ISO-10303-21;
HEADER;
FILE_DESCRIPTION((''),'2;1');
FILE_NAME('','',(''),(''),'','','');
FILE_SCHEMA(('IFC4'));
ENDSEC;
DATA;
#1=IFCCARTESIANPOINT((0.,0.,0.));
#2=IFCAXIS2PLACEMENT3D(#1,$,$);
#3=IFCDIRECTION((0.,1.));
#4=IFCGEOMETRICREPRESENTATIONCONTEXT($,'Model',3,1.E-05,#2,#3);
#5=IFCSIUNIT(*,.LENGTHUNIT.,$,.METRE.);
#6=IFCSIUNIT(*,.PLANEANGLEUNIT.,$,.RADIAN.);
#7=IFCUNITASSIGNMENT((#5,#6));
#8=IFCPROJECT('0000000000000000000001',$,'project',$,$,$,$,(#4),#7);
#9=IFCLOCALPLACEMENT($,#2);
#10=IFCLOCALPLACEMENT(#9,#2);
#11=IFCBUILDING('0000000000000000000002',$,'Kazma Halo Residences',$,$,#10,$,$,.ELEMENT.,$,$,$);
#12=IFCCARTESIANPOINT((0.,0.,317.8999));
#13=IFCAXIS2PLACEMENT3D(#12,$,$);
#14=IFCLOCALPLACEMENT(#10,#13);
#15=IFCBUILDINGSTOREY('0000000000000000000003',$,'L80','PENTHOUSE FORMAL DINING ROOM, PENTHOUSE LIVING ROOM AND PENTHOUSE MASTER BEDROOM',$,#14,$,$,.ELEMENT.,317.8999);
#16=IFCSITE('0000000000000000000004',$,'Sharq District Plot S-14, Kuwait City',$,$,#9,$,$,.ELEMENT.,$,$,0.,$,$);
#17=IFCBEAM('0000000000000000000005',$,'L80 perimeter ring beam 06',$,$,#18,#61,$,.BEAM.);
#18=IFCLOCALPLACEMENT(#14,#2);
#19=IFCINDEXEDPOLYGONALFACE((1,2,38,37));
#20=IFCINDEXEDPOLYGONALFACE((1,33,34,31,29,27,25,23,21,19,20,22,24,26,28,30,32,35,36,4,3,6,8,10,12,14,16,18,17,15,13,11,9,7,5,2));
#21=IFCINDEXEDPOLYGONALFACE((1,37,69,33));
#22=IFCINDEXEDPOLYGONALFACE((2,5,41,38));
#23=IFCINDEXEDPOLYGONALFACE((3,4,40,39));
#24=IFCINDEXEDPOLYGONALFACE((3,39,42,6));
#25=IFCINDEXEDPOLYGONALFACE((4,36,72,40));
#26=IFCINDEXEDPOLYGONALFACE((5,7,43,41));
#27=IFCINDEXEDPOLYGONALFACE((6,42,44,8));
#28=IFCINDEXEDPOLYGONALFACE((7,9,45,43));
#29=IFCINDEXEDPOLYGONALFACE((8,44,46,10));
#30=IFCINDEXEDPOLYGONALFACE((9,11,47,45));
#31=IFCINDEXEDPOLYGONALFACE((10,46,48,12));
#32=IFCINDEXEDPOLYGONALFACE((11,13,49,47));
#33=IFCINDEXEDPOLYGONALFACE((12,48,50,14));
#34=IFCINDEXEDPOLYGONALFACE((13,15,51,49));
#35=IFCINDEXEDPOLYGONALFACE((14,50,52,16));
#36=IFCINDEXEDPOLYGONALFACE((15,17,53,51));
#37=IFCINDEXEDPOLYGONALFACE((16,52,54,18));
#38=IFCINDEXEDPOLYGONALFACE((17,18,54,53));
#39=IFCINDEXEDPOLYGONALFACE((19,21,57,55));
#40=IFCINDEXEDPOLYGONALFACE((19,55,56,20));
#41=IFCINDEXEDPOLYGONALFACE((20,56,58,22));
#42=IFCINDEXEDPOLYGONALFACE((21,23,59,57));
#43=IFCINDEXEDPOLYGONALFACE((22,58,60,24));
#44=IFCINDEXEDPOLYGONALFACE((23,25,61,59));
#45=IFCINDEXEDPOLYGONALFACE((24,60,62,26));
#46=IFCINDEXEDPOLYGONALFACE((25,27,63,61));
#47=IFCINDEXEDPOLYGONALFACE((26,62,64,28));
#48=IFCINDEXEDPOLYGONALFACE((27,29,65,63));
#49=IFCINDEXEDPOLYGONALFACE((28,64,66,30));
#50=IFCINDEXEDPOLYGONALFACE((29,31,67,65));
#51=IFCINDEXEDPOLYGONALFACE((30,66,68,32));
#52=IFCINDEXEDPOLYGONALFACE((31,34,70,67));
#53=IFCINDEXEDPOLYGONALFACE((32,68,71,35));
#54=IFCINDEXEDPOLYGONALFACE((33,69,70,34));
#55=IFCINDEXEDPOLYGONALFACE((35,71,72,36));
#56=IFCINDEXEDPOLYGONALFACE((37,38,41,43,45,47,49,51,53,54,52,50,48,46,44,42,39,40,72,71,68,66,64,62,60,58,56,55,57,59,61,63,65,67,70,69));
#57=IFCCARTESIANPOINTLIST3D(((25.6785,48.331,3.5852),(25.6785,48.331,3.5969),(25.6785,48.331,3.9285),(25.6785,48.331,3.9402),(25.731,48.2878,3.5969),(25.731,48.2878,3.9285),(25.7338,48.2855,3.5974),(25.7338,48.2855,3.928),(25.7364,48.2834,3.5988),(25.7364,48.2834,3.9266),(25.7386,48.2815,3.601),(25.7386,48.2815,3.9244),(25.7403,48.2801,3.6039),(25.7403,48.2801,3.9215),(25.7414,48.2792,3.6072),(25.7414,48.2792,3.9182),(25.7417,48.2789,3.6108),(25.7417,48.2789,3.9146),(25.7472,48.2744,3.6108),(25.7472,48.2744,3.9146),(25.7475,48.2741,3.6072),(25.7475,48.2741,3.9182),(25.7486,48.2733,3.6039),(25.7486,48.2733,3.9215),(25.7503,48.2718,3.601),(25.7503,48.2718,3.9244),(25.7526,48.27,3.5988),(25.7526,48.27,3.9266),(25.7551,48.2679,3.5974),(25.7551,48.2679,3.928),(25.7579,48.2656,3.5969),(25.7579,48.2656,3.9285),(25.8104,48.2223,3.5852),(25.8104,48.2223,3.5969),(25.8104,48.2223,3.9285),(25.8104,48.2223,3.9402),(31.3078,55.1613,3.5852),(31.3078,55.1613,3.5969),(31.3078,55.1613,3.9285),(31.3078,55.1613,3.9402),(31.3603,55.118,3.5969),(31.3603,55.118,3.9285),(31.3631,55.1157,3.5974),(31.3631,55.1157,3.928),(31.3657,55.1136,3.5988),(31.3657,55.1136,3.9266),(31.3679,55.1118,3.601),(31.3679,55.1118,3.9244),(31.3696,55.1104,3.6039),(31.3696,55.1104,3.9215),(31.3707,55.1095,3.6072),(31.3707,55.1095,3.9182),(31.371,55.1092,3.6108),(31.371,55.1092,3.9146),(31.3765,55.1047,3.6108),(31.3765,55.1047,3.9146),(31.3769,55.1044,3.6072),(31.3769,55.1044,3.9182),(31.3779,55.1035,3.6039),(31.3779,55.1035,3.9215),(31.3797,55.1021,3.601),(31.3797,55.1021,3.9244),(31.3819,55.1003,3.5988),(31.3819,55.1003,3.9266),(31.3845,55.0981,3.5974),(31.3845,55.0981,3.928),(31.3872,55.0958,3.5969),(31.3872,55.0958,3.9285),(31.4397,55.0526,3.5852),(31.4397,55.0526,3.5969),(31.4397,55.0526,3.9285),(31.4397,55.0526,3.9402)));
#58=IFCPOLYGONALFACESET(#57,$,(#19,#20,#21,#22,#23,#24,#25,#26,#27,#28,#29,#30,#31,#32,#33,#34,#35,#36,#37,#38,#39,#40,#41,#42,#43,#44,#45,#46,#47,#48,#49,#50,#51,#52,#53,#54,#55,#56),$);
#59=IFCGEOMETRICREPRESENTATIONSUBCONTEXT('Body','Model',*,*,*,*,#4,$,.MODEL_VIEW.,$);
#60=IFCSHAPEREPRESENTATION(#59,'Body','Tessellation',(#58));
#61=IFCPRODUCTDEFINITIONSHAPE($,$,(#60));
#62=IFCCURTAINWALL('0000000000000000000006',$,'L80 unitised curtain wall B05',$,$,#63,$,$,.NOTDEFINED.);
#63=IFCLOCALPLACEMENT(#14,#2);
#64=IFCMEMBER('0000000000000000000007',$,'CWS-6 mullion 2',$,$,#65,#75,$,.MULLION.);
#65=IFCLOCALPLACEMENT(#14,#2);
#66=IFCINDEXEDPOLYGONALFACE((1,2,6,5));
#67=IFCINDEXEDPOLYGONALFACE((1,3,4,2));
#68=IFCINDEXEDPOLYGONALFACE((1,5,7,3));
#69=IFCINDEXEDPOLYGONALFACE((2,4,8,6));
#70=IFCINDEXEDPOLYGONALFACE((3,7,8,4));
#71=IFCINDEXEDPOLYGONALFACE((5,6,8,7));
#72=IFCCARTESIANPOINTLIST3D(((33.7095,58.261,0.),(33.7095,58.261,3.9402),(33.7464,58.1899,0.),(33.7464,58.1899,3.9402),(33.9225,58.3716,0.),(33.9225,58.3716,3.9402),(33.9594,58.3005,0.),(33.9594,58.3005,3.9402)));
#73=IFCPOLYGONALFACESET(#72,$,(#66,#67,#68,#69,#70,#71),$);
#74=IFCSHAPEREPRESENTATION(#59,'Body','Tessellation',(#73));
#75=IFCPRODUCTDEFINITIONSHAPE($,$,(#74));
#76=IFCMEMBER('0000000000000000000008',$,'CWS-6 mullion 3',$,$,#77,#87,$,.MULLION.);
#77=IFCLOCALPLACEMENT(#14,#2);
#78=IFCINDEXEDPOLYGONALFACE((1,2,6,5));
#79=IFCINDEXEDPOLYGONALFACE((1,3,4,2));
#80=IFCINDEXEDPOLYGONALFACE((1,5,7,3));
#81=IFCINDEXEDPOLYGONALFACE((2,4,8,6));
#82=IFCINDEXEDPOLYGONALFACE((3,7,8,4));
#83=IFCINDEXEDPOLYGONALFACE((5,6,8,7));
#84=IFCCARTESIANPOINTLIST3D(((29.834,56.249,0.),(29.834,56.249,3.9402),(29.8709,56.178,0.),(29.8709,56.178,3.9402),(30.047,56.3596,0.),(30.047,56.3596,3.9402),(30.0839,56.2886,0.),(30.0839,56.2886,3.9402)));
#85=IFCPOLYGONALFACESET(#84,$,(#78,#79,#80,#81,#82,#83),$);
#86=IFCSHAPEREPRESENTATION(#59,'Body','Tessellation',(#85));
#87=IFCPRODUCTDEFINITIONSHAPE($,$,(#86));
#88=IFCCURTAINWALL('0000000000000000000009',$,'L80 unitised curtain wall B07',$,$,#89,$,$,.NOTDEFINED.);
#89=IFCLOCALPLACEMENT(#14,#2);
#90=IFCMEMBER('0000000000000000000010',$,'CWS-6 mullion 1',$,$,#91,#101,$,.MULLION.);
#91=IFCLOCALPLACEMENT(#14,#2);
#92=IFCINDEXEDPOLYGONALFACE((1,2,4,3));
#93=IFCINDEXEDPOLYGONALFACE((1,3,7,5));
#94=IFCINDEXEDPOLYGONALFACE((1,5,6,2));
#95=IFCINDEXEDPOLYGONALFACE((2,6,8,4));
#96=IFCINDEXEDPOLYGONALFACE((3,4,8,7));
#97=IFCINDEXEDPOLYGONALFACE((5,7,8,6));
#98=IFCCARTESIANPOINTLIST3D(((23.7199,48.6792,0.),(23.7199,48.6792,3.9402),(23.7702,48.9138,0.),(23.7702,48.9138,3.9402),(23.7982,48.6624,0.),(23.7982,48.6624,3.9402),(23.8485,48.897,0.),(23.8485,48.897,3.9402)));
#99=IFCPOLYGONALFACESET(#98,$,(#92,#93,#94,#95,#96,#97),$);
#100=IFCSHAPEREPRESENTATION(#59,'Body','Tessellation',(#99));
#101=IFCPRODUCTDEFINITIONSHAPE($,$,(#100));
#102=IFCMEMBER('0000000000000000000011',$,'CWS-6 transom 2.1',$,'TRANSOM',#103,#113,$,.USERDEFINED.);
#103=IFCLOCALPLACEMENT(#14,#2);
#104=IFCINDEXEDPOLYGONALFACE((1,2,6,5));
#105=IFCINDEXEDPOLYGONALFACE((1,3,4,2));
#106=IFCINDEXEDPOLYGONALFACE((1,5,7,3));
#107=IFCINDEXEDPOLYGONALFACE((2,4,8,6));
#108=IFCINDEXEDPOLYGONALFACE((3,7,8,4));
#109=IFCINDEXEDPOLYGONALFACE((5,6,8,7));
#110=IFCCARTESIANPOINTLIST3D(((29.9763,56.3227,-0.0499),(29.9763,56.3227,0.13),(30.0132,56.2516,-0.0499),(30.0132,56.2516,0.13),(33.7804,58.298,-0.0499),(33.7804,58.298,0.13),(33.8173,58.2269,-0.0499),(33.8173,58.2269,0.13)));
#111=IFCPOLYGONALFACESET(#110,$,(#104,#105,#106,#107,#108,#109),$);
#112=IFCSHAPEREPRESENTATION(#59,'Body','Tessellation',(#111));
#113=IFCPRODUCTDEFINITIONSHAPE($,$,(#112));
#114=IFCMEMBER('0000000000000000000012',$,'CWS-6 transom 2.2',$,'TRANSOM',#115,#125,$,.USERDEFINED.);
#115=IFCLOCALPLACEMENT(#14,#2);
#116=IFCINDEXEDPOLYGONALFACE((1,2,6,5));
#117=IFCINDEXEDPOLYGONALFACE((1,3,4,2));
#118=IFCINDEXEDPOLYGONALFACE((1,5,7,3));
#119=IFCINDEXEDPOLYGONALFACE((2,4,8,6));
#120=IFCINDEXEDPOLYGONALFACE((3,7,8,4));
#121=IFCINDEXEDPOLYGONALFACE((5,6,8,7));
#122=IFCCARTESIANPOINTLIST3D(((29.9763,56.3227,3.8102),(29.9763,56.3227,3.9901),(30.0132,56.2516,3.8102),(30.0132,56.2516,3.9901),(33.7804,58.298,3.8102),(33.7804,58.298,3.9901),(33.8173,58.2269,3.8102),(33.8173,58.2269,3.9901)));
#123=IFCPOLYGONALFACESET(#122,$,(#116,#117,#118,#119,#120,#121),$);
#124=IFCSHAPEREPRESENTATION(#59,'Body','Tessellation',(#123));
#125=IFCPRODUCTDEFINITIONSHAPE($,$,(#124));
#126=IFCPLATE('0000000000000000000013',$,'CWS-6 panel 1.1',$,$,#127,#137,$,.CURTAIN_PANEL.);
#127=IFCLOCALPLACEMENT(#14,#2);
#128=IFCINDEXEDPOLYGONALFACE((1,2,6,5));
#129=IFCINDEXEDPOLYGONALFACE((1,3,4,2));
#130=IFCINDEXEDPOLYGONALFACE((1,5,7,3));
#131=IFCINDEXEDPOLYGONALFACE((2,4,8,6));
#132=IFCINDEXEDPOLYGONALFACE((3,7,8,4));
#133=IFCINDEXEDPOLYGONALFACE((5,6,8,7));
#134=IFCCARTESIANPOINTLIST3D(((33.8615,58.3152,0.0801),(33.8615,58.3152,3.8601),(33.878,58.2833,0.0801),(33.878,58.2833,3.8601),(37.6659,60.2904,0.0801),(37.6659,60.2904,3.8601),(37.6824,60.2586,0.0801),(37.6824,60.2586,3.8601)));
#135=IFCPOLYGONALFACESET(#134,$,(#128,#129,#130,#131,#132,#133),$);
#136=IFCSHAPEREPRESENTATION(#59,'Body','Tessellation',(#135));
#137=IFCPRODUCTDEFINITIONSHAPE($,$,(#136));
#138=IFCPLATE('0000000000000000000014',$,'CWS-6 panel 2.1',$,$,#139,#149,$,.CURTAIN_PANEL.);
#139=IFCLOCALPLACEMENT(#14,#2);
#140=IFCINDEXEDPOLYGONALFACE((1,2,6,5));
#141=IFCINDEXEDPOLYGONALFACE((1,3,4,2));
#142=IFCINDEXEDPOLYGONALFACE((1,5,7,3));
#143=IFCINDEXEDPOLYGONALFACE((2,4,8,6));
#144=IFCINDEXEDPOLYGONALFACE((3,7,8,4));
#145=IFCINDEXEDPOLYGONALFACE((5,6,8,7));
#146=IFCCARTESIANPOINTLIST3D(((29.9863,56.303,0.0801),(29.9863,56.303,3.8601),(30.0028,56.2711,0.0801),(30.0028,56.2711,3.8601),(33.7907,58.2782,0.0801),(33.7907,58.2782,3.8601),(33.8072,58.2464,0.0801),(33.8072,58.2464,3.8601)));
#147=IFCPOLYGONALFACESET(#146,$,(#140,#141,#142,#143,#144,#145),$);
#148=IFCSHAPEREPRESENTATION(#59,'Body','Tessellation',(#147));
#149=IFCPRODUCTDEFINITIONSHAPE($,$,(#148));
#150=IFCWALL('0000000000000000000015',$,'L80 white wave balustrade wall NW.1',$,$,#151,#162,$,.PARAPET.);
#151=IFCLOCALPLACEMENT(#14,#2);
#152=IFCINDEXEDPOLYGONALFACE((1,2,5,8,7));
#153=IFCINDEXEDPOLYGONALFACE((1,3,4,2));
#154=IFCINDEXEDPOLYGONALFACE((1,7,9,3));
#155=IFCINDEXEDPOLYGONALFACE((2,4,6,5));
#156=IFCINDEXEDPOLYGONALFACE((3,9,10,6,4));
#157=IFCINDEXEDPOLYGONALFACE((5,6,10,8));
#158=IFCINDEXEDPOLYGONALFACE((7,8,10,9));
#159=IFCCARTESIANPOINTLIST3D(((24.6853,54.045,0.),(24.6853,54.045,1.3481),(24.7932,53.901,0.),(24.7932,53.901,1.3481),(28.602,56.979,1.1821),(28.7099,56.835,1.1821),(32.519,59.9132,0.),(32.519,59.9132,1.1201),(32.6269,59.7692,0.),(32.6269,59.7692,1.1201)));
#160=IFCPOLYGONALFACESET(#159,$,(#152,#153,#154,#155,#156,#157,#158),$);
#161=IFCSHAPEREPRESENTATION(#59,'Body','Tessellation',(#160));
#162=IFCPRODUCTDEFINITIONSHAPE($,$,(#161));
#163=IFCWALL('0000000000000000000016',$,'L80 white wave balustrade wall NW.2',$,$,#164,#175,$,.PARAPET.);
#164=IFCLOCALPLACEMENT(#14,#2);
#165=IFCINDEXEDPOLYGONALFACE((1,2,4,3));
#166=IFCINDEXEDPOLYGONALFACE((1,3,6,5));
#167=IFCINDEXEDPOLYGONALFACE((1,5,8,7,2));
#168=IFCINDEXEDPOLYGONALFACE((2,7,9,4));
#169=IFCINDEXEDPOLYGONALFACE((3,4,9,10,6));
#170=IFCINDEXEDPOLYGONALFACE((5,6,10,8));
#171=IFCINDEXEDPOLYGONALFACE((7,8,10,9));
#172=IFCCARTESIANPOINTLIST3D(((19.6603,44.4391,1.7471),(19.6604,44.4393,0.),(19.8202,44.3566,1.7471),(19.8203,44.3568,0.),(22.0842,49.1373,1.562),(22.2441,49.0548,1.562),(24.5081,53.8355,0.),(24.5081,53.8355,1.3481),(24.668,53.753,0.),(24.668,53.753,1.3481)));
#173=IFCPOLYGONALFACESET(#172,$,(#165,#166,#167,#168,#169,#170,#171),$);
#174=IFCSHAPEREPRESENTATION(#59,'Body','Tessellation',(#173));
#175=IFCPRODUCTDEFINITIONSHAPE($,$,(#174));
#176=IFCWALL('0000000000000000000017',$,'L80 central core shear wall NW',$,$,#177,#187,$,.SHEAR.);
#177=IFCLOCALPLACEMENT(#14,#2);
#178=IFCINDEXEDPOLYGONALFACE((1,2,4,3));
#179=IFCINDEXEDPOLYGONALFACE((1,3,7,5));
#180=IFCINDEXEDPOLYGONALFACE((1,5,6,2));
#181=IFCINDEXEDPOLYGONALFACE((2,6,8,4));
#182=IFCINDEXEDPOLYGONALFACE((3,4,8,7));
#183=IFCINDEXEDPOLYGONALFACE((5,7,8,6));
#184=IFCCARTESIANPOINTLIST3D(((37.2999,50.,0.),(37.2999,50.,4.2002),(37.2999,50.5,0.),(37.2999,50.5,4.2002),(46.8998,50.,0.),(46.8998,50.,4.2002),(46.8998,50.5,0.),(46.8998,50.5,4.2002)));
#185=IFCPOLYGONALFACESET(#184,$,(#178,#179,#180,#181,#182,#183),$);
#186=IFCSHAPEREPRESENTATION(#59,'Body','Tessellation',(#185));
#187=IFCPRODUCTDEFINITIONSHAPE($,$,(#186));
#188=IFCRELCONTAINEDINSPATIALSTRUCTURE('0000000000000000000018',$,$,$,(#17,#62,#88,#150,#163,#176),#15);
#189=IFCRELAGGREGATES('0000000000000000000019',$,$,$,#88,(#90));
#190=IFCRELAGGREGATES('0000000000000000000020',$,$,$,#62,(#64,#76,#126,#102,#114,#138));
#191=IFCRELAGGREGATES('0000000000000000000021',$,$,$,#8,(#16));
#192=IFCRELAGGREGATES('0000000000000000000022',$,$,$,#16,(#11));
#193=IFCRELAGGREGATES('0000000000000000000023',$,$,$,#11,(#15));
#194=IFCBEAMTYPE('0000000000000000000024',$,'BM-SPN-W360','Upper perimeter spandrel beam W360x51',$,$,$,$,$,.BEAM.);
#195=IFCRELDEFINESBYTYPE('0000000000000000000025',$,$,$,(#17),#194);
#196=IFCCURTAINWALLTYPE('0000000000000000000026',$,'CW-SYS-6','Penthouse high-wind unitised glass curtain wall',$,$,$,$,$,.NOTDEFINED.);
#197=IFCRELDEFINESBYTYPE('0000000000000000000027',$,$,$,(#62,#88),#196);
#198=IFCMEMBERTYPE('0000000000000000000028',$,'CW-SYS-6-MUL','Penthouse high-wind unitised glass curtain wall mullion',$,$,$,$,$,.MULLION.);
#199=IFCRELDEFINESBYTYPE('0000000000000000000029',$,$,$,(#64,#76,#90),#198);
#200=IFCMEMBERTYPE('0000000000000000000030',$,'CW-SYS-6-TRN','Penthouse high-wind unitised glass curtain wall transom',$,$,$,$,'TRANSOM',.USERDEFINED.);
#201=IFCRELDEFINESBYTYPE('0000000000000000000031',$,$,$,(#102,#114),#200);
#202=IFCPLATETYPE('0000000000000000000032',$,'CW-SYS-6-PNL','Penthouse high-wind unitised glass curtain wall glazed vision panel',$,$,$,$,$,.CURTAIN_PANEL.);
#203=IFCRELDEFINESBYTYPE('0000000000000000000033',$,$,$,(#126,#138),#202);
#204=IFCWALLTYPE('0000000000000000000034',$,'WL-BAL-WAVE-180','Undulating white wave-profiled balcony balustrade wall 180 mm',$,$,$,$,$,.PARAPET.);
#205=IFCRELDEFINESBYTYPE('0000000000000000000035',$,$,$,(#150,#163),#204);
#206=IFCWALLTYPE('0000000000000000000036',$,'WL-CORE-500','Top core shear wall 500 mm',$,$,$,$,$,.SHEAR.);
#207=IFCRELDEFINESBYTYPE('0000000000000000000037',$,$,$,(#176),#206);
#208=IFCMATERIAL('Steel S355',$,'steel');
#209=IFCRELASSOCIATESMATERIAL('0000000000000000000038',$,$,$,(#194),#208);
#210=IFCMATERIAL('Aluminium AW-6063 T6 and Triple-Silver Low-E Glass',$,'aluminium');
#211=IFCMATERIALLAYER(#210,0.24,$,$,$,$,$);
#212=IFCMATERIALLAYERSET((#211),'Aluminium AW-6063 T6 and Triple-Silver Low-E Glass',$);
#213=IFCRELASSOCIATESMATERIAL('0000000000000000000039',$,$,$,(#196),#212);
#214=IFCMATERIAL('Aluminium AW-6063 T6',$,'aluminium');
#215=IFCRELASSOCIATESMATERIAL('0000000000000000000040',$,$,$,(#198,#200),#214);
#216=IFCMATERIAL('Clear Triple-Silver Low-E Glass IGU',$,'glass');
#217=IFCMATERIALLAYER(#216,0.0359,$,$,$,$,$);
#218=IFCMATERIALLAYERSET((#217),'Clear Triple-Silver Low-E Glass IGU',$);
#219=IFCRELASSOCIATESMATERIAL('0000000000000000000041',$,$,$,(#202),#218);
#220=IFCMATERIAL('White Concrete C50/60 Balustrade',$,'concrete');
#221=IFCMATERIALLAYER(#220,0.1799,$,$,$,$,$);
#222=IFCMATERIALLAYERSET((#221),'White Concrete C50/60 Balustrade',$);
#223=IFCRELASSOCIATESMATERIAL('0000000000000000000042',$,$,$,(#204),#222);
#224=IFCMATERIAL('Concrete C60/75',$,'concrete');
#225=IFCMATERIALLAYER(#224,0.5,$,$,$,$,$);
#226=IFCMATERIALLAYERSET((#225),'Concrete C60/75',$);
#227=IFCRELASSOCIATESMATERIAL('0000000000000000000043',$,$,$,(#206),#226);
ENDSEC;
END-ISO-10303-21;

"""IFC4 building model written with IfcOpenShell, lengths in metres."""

from ifc_helpers import new_model, si_unit, direction, frame, frame_2d, origin, origin_2d, place, context, subcontext, project, spatial, polyline, rectangle, i_section, outline, extrude, material, layer, layer_set, material_profile, profile_set, type_object, element, aggregate, save


model = new_model("IFC4")

# Units and contexts
model_context = context("Model", 3, precision=1e-05, world=origin(), true_north=direction((0.0, 1.0)))
body_context = subcontext(model_context, "Body", "Model", "MODEL_VIEW")
ifc_project = project(units=[si_unit("LENGTHUNIT", "METRE"), si_unit("PLANEANGLEUNIT", "RADIAN")], contexts=[model_context])

# Site, building, storey
site_placement = place(None, origin())
site = spatial("IfcSite", under=ifc_project, at=site_placement, Name="Sharq District Plot S-14, Kuwait City", CompositionType="ELEMENT", RefElevation=0.0)
building_placement = place(site_placement, origin())
building = spatial("IfcBuilding", under=site, at=building_placement, Name="Kazma Halo Residences", CompositionType="ELEMENT")
storey_placement = place(building_placement, frame((0.0, 0.0, 317.8999)))
storey = spatial("IfcBuildingStorey", under=building, at=storey_placement, Name="L80", Description="PENTHOUSE FORMAL DINING ROOM, PENTHOUSE LIVING ROOM AND PENTHOUSE MASTER BEDROOM", CompositionType="ELEMENT", Elevation=317.8999)

# Shared definitions
ifc_material_1 = material(Name="Concrete C60/75", Category="concrete")

# Beam
ifc_material_2 = material(Name="Steel S355", Category="steel")
ifc_material_profile_1 = material_profile(ifc_material_2, i_section(OverallWidth=0.1709, OverallDepth=0.355, WebThickness=0.0071, FlangeThickness=0.0117, FilletRadius=0.0139, at=origin_2d()), Name="W360x51")
ifc_profile_set_1 = profile_set([ifc_material_profile_1], Name="Steel S355")
beam_type_1 = type_object("IfcBeamType", Name="BM-SPN-W360", Description="Upper perimeter spandrel beam W360x51", PredefinedType="BEAM", material=ifc_profile_set_1)
beam_1_placement = place(storey_placement, frame((31.3738, 55.1069, 3.7627), z_axis=(-0.636005, -0.771685, 0.0), x_axis=(0.771685, -0.636005, 0.0)))
element("IfcBeam", 1, at=beam_1_placement, inside=storey, type_object=beam_type_1, Name="L80 perimeter ring beam 06", PredefinedType="BEAM", context=body_context, shape_type="SweptSolid", body=[
    extrude(i_section(OverallWidth=0.1709, OverallDepth=0.355, WebThickness=0.0071, FlangeThickness=0.0117, FilletRadius=0.0139, at=origin_2d()), origin(), (0.0, 0.0, 1.0), 8.8511),
])

# Curtain wall, members
ifc_material_3 = material(Name="Aluminium AW-6063 T6 and Triple-Silver Low-E Glass", Category="aluminium")
ifc_layer_1 = layer(ifc_material_3, 0.24)
ifc_layer_set_1 = layer_set([ifc_layer_1], Name="Aluminium AW-6063 T6 and Triple-Silver Low-E Glass")
curtain_wall_type = type_object("IfcCurtainWallType", Name="CW-SYS-6", Description="Penthouse high-wind unitised glass curtain wall", PredefinedType="NOTDEFINED", material=ifc_layer_set_1)
curtain_wall_1_placement = place(storey_placement, origin())
curtain_wall_1 = element("IfcCurtainWall", 2, at=curtain_wall_1_placement, inside=storey, type_object=curtain_wall_type, Name="L80 unitised curtain wall B05", PredefinedType="NOTDEFINED")
ifc_material_4 = material(Name="Aluminium AW-6063 T6", Category="aluminium")
ifc_material_profile_2 = material_profile(ifc_material_4, rectangle(XDim=0.0801, YDim=0.24, at=origin_2d()), Name="CWM-80x240")
ifc_profile_set_2 = profile_set([ifc_material_profile_2], Name="Aluminium AW-6063 T6")
member_type_1 = type_object("IfcMemberType", Name="CW-SYS-6-MUL", Description="Penthouse high-wind unitised glass curtain wall mullion", PredefinedType="MULLION", material=ifc_profile_set_2)
member_1_placement = place(storey_placement, frame((33.8345, 58.2808, 0.0), z_axis=(0.0, 0.0, 1.0), x_axis=(0.460796, -0.887506, 0.0)))
member_1 = element("IfcMember", 3, at=member_1_placement, type_object=member_type_1, Name="CWS-6 mullion 2", PredefinedType="MULLION", context=body_context, shape_type="SweptSolid", body=[
    extrude(rectangle(XDim=0.0801, YDim=0.24, at=origin_2d()), origin(), (0.0, 0.0, 1.0), 3.9402),
])
member_2_placement = place(storey_placement, frame((29.959, 56.2688, 0.0), z_axis=(0.0, 0.0, 1.0), x_axis=(0.460796, -0.887506, 0.0)))
member_2 = element("IfcMember", 4, at=member_2_placement, type_object=member_type_1, Name="CWS-6 mullion 3", PredefinedType="MULLION", context=body_context, shape_type="SweptSolid", body=[
    extrude(rectangle(XDim=0.0801, YDim=0.24, at=origin_2d()), origin(), (0.0, 0.0, 1.0), 3.9402),
])

# Curtain wall, member
curtain_wall_2_placement = place(storey_placement, origin())
curtain_wall_2 = element("IfcCurtainWall", 5, at=curtain_wall_2_placement, inside=storey, type_object=curtain_wall_type, Name="L80 unitised curtain wall B07", PredefinedType="NOTDEFINED")
member_3_placement = place(storey_placement, frame((23.7842, 48.7881, 0.0), z_axis=(0.0, 0.0, 1.0), x_axis=(0.977761, -0.209723, 0.0)))
member_3 = element("IfcMember", 6, at=member_3_placement, type_object=member_type_1, Name="CWS-6 mullion 1", PredefinedType="MULLION", context=body_context, shape_type="SweptSolid", body=[
    extrude(rectangle(XDim=0.0801, YDim=0.24, at=origin_2d()), origin(), (0.0, 0.0, 1.0), 3.9402),
])
aggregate(curtain_wall_2, [member_3])

# Members
ifc_material_profile_3 = material_profile(ifc_material_4, rectangle(XDim=0.0801, YDim=0.1799, at=origin_2d()), Name="CWT-80x180")
ifc_profile_set_3 = profile_set([ifc_material_profile_3], Name="Aluminium AW-6063 T6")
member_type_2 = type_object("IfcMemberType", Name="CW-SYS-6-TRN", Description="Penthouse high-wind unitised glass curtain wall transom", ElementType="TRANSOM", PredefinedType="USERDEFINED", material=ifc_profile_set_3)
member_4_placement = place(storey_placement, frame((33.7988, 58.2625, 0.04), z_axis=(-0.887488, -0.460831, 0.0), x_axis=(0.460831, -0.887488, 0.0)))
member_4 = element("IfcMember", 7, at=member_4_placement, type_object=member_type_2, Name="CWS-6 transom 2.1", ObjectType="TRANSOM", PredefinedType="USERDEFINED", context=body_context, shape_type="SweptSolid", body=[
    extrude(rectangle(XDim=0.0801, YDim=0.1799, at=origin_2d()), origin(), (0.0, 0.0, 1.0), 4.2864),
])
member_5_placement = place(storey_placement, frame((33.7988, 58.2625, 3.9001), z_axis=(-0.887488, -0.460831, 0.0), x_axis=(0.460831, -0.887488, 0.0)))
member_5 = element("IfcMember", 8, at=member_5_placement, type_object=member_type_2, Name="CWS-6 transom 2.2", ObjectType="TRANSOM", PredefinedType="USERDEFINED", context=body_context, shape_type="SweptSolid", body=[
    extrude(rectangle(XDim=0.0801, YDim=0.1799, at=origin_2d()), origin(), (0.0, 0.0, 1.0), 4.2864),
])

# Plates
ifc_material_5 = material(Name="Clear Triple-Silver Low-E Glass IGU", Category="glass")
ifc_layer_2 = layer(ifc_material_5, 0.0359)
ifc_layer_set_2 = layer_set([ifc_layer_2], Name="Clear Triple-Silver Low-E Glass IGU")
plate_type = type_object("IfcPlateType", Name="CW-SYS-6-PNL", Description="Penthouse high-wind unitised glass curtain wall glazed vision panel", PredefinedType="CURTAIN_PANEL", material=ifc_layer_set_2)
plate_1_placement = place(storey_placement, frame((35.772, 59.2869, 0.0801), z_axis=(0.0, 0.0, 1.0), x_axis=(-0.887506, -0.460796, 0.0)))
plate_1 = element("IfcPlate", 9, at=plate_1_placement, type_object=plate_type, Name="CWS-6 panel 1.1", PredefinedType="CURTAIN_PANEL", context=body_context, shape_type="SweptSolid", body=[
    extrude(rectangle(XDim=4.2866, YDim=0.0359, at=origin_2d()), origin(), (0.0, 0.0, 1.0), 3.78),
])
plate_2_placement = place(storey_placement, frame((31.8967, 57.2747, 0.0801), z_axis=(0.0, 0.0, 1.0), x_axis=(-0.887506, -0.460796, 0.0)))
plate_2 = element("IfcPlate", 10, at=plate_2_placement, type_object=plate_type, Name="CWS-6 panel 2.1", PredefinedType="CURTAIN_PANEL", context=body_context, shape_type="SweptSolid", body=[
    extrude(rectangle(XDim=4.2866, YDim=0.0359, at=origin_2d()), origin(), (0.0, 0.0, 1.0), 3.78),
])
aggregate(curtain_wall_1, [member_1, member_2, plate_1, member_4, member_5, plate_2])

# Walls
ifc_material_6 = material(Name="White Concrete C50/60 Balustrade", Category="concrete")
ifc_layer_3 = layer(ifc_material_6, 0.1799)
ifc_layer_set_3 = layer_set([ifc_layer_3], Name="White Concrete C50/60 Balustrade")
wall_type_1 = type_object("IfcWallType", Name="WL-BAL-WAVE-180", Description="Undulating white wave-profiled balcony balustrade wall 180 mm", PredefinedType="PARAPET", material=ifc_layer_set_3)
wall_1_placement = place(storey_placement, frame((32.573, 59.8411, 0.0), z_axis=(0.0, 0.0, 1.0), x_axis=(-0.80035, -0.599533, 0.0)))
element("IfcWall", 11, at=wall_1_placement, inside=storey, type_object=wall_type_1, Name="L80 white wave balustrade wall NW.1", PredefinedType="PARAPET", context=body_context, shape_type="SweptSolid", body=[
    extrude(outline(polyline([(0.0, 0.0), (9.7878, 0.0), (9.7878, 1.3481), (4.894, 1.1821), (0.0, 1.1201), (0.0, 0.0)])), frame((0.0, 0.0898, 0.0), z_axis=(0.0, -1.0, 0.0), x_axis=(1.0, 0.0, 0.0)), (0.0, 0.0, 1.0), 0.1799),
])
wall_2_placement = place(storey_placement, frame((24.5881, 53.7942, 0.0), z_axis=(0.0, 0.0, 1.0), x_axis=(-0.458492, -0.888698, 0.0)))
element("IfcWall", 12, at=wall_2_placement, inside=storey, type_object=wall_type_1, Name="L80 white wave balustrade wall NW.2", PredefinedType="PARAPET", context=body_context, shape_type="SweptSolid", body=[
    extrude(outline(polyline([(0.0, 0.0), (10.573, 0.0), (10.5732, 1.7471), (5.2866, 1.562), (0.0, 1.3481), (0.0, 0.0)])), frame((0.0, 0.0898, 0.0), z_axis=(0.0, -1.0, 0.0), x_axis=(1.0, 0.0, 0.0)), (0.0, 0.0, 1.0), 0.1799),
])
ifc_layer_4 = layer(ifc_material_1, 0.5)
ifc_layer_set_4 = layer_set([ifc_layer_4], Name="Concrete C60/75")
wall_type_2 = type_object("IfcWallType", Name="WL-CORE-500", Description="Top core shear wall 500 mm", PredefinedType="SHEAR", material=ifc_layer_set_4)
wall_3_placement = place(storey_placement, frame((37.3, 50.25, 0.0), z_axis=(0.0, 0.0, 1.0), x_axis=(1.0, 0.0, 0.0)))
element("IfcWall", 13, at=wall_3_placement, inside=storey, type_object=wall_type_2, Name="L80 central core shear wall NW", PredefinedType="SHEAR", context=body_context, shape_type="SweptSolid", body=[
    extrude(rectangle(XDim=9.5999, YDim=0.5, at=frame_2d((4.7998, 0.0))), origin(), (0.0, 0.0, 1.0), 4.2002),
])

save(model, "model.ifc")
